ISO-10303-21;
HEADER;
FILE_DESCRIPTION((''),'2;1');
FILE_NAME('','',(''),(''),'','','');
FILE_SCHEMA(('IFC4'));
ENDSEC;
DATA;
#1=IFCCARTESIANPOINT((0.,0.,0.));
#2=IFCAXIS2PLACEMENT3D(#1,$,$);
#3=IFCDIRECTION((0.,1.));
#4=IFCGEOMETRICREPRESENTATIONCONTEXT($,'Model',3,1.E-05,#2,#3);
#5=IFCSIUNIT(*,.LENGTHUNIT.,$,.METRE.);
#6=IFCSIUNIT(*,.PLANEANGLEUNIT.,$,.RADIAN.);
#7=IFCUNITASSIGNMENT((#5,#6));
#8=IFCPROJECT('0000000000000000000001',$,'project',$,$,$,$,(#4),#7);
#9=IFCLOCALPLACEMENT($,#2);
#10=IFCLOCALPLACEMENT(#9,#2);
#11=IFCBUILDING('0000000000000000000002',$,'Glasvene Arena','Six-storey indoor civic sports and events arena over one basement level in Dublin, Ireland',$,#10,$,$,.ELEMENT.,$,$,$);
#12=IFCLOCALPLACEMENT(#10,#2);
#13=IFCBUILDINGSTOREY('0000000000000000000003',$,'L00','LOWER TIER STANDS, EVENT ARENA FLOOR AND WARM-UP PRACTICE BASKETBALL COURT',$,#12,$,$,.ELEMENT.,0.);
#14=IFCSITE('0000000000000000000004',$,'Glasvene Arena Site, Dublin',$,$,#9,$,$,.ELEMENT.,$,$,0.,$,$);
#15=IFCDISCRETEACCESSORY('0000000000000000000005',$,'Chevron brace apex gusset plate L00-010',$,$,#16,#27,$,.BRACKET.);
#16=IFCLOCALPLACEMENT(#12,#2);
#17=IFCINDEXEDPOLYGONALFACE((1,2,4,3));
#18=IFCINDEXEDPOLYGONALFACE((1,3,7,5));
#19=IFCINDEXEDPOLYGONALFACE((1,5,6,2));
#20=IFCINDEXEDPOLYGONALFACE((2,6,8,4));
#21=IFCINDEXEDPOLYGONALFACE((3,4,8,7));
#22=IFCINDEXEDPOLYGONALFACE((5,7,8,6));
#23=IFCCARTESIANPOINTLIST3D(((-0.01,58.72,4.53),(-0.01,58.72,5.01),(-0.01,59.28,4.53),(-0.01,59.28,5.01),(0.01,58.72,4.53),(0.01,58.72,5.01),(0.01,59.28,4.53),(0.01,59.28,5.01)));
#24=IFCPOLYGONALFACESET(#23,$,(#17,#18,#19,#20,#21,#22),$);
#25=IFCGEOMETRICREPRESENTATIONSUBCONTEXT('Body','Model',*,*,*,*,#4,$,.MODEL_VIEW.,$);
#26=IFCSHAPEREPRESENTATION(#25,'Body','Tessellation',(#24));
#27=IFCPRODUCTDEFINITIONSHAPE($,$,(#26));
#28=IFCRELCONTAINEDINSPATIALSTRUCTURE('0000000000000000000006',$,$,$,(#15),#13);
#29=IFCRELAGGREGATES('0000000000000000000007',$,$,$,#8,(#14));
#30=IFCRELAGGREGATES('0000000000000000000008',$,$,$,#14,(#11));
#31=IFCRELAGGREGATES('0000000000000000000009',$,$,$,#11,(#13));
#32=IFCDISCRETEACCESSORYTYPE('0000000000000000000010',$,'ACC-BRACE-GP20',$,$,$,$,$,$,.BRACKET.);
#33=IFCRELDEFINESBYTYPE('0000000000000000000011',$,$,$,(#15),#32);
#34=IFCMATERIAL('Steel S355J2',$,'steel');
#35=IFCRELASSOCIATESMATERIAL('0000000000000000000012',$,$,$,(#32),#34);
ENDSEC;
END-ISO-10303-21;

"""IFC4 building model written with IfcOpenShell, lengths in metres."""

from ifc_helpers import new_model, si_unit, direction, frame, origin, origin_2d, place, context, subcontext, project, spatial, rectangle, extrude, material, type_object, element, save


model = new_model("IFC4")

# Units and contexts
model_context = context("Model", 3, precision=1e-05, world=origin(), true_north=direction((0.0, 1.0)))
body_context = subcontext(model_context, "Body", "Model", "MODEL_VIEW")
ifc_project = project(units=[si_unit("LENGTHUNIT", "METRE"), si_unit("PLANEANGLEUNIT", "RADIAN")], contexts=[model_context])

# Site, building, storey
site_placement = place(None, origin())
site = spatial("IfcSite", under=ifc_project, at=site_placement, Name="Glasvene Arena Site, Dublin", CompositionType="ELEMENT", RefElevation=0.0)
building_placement = place(site_placement, origin())
building = spatial("IfcBuilding", under=site, at=building_placement, Name="Glasvene Arena", Description="Six-storey indoor civic sports and events arena over one basement level in Dublin, Ireland", CompositionType="ELEMENT")
storey_placement = place(building_placement, origin())
storey = spatial("IfcBuildingStorey", under=building, at=storey_placement, Name="L00", Description="LOWER TIER STANDS, EVENT ARENA FLOOR AND WARM-UP PRACTICE BASKETBALL COURT", CompositionType="ELEMENT", Elevation=0.0)

# Shared definitions
ifc_material_1 = material(Name="Steel S355J2", Category="steel")

# Discrete accessory
discrete_accessory_type = type_object("IfcDiscreteAccessoryType", Name="ACC-BRACE-GP20", PredefinedType="BRACKET", material=ifc_material_1)
discrete_accessory_1_placement = place(storey_placement, frame((0.0, 59.0, 4.53), z_axis=(0.0, 0.0, 1.0), x_axis=(1.0, 0.0, 0.0)))
element("IfcDiscreteAccessory", 1, at=discrete_accessory_1_placement, inside=storey, type_object=discrete_accessory_type, Name="Chevron brace apex gusset plate L00-010", PredefinedType="BRACKET", context=body_context, shape_type="SweptSolid", body=[
    extrude(rectangle(XDim=0.02, YDim=0.5601, at=origin_2d()), origin(), (0.0, 0.0, 1.0), 0.48),
])

save(model, "model.ifc")
